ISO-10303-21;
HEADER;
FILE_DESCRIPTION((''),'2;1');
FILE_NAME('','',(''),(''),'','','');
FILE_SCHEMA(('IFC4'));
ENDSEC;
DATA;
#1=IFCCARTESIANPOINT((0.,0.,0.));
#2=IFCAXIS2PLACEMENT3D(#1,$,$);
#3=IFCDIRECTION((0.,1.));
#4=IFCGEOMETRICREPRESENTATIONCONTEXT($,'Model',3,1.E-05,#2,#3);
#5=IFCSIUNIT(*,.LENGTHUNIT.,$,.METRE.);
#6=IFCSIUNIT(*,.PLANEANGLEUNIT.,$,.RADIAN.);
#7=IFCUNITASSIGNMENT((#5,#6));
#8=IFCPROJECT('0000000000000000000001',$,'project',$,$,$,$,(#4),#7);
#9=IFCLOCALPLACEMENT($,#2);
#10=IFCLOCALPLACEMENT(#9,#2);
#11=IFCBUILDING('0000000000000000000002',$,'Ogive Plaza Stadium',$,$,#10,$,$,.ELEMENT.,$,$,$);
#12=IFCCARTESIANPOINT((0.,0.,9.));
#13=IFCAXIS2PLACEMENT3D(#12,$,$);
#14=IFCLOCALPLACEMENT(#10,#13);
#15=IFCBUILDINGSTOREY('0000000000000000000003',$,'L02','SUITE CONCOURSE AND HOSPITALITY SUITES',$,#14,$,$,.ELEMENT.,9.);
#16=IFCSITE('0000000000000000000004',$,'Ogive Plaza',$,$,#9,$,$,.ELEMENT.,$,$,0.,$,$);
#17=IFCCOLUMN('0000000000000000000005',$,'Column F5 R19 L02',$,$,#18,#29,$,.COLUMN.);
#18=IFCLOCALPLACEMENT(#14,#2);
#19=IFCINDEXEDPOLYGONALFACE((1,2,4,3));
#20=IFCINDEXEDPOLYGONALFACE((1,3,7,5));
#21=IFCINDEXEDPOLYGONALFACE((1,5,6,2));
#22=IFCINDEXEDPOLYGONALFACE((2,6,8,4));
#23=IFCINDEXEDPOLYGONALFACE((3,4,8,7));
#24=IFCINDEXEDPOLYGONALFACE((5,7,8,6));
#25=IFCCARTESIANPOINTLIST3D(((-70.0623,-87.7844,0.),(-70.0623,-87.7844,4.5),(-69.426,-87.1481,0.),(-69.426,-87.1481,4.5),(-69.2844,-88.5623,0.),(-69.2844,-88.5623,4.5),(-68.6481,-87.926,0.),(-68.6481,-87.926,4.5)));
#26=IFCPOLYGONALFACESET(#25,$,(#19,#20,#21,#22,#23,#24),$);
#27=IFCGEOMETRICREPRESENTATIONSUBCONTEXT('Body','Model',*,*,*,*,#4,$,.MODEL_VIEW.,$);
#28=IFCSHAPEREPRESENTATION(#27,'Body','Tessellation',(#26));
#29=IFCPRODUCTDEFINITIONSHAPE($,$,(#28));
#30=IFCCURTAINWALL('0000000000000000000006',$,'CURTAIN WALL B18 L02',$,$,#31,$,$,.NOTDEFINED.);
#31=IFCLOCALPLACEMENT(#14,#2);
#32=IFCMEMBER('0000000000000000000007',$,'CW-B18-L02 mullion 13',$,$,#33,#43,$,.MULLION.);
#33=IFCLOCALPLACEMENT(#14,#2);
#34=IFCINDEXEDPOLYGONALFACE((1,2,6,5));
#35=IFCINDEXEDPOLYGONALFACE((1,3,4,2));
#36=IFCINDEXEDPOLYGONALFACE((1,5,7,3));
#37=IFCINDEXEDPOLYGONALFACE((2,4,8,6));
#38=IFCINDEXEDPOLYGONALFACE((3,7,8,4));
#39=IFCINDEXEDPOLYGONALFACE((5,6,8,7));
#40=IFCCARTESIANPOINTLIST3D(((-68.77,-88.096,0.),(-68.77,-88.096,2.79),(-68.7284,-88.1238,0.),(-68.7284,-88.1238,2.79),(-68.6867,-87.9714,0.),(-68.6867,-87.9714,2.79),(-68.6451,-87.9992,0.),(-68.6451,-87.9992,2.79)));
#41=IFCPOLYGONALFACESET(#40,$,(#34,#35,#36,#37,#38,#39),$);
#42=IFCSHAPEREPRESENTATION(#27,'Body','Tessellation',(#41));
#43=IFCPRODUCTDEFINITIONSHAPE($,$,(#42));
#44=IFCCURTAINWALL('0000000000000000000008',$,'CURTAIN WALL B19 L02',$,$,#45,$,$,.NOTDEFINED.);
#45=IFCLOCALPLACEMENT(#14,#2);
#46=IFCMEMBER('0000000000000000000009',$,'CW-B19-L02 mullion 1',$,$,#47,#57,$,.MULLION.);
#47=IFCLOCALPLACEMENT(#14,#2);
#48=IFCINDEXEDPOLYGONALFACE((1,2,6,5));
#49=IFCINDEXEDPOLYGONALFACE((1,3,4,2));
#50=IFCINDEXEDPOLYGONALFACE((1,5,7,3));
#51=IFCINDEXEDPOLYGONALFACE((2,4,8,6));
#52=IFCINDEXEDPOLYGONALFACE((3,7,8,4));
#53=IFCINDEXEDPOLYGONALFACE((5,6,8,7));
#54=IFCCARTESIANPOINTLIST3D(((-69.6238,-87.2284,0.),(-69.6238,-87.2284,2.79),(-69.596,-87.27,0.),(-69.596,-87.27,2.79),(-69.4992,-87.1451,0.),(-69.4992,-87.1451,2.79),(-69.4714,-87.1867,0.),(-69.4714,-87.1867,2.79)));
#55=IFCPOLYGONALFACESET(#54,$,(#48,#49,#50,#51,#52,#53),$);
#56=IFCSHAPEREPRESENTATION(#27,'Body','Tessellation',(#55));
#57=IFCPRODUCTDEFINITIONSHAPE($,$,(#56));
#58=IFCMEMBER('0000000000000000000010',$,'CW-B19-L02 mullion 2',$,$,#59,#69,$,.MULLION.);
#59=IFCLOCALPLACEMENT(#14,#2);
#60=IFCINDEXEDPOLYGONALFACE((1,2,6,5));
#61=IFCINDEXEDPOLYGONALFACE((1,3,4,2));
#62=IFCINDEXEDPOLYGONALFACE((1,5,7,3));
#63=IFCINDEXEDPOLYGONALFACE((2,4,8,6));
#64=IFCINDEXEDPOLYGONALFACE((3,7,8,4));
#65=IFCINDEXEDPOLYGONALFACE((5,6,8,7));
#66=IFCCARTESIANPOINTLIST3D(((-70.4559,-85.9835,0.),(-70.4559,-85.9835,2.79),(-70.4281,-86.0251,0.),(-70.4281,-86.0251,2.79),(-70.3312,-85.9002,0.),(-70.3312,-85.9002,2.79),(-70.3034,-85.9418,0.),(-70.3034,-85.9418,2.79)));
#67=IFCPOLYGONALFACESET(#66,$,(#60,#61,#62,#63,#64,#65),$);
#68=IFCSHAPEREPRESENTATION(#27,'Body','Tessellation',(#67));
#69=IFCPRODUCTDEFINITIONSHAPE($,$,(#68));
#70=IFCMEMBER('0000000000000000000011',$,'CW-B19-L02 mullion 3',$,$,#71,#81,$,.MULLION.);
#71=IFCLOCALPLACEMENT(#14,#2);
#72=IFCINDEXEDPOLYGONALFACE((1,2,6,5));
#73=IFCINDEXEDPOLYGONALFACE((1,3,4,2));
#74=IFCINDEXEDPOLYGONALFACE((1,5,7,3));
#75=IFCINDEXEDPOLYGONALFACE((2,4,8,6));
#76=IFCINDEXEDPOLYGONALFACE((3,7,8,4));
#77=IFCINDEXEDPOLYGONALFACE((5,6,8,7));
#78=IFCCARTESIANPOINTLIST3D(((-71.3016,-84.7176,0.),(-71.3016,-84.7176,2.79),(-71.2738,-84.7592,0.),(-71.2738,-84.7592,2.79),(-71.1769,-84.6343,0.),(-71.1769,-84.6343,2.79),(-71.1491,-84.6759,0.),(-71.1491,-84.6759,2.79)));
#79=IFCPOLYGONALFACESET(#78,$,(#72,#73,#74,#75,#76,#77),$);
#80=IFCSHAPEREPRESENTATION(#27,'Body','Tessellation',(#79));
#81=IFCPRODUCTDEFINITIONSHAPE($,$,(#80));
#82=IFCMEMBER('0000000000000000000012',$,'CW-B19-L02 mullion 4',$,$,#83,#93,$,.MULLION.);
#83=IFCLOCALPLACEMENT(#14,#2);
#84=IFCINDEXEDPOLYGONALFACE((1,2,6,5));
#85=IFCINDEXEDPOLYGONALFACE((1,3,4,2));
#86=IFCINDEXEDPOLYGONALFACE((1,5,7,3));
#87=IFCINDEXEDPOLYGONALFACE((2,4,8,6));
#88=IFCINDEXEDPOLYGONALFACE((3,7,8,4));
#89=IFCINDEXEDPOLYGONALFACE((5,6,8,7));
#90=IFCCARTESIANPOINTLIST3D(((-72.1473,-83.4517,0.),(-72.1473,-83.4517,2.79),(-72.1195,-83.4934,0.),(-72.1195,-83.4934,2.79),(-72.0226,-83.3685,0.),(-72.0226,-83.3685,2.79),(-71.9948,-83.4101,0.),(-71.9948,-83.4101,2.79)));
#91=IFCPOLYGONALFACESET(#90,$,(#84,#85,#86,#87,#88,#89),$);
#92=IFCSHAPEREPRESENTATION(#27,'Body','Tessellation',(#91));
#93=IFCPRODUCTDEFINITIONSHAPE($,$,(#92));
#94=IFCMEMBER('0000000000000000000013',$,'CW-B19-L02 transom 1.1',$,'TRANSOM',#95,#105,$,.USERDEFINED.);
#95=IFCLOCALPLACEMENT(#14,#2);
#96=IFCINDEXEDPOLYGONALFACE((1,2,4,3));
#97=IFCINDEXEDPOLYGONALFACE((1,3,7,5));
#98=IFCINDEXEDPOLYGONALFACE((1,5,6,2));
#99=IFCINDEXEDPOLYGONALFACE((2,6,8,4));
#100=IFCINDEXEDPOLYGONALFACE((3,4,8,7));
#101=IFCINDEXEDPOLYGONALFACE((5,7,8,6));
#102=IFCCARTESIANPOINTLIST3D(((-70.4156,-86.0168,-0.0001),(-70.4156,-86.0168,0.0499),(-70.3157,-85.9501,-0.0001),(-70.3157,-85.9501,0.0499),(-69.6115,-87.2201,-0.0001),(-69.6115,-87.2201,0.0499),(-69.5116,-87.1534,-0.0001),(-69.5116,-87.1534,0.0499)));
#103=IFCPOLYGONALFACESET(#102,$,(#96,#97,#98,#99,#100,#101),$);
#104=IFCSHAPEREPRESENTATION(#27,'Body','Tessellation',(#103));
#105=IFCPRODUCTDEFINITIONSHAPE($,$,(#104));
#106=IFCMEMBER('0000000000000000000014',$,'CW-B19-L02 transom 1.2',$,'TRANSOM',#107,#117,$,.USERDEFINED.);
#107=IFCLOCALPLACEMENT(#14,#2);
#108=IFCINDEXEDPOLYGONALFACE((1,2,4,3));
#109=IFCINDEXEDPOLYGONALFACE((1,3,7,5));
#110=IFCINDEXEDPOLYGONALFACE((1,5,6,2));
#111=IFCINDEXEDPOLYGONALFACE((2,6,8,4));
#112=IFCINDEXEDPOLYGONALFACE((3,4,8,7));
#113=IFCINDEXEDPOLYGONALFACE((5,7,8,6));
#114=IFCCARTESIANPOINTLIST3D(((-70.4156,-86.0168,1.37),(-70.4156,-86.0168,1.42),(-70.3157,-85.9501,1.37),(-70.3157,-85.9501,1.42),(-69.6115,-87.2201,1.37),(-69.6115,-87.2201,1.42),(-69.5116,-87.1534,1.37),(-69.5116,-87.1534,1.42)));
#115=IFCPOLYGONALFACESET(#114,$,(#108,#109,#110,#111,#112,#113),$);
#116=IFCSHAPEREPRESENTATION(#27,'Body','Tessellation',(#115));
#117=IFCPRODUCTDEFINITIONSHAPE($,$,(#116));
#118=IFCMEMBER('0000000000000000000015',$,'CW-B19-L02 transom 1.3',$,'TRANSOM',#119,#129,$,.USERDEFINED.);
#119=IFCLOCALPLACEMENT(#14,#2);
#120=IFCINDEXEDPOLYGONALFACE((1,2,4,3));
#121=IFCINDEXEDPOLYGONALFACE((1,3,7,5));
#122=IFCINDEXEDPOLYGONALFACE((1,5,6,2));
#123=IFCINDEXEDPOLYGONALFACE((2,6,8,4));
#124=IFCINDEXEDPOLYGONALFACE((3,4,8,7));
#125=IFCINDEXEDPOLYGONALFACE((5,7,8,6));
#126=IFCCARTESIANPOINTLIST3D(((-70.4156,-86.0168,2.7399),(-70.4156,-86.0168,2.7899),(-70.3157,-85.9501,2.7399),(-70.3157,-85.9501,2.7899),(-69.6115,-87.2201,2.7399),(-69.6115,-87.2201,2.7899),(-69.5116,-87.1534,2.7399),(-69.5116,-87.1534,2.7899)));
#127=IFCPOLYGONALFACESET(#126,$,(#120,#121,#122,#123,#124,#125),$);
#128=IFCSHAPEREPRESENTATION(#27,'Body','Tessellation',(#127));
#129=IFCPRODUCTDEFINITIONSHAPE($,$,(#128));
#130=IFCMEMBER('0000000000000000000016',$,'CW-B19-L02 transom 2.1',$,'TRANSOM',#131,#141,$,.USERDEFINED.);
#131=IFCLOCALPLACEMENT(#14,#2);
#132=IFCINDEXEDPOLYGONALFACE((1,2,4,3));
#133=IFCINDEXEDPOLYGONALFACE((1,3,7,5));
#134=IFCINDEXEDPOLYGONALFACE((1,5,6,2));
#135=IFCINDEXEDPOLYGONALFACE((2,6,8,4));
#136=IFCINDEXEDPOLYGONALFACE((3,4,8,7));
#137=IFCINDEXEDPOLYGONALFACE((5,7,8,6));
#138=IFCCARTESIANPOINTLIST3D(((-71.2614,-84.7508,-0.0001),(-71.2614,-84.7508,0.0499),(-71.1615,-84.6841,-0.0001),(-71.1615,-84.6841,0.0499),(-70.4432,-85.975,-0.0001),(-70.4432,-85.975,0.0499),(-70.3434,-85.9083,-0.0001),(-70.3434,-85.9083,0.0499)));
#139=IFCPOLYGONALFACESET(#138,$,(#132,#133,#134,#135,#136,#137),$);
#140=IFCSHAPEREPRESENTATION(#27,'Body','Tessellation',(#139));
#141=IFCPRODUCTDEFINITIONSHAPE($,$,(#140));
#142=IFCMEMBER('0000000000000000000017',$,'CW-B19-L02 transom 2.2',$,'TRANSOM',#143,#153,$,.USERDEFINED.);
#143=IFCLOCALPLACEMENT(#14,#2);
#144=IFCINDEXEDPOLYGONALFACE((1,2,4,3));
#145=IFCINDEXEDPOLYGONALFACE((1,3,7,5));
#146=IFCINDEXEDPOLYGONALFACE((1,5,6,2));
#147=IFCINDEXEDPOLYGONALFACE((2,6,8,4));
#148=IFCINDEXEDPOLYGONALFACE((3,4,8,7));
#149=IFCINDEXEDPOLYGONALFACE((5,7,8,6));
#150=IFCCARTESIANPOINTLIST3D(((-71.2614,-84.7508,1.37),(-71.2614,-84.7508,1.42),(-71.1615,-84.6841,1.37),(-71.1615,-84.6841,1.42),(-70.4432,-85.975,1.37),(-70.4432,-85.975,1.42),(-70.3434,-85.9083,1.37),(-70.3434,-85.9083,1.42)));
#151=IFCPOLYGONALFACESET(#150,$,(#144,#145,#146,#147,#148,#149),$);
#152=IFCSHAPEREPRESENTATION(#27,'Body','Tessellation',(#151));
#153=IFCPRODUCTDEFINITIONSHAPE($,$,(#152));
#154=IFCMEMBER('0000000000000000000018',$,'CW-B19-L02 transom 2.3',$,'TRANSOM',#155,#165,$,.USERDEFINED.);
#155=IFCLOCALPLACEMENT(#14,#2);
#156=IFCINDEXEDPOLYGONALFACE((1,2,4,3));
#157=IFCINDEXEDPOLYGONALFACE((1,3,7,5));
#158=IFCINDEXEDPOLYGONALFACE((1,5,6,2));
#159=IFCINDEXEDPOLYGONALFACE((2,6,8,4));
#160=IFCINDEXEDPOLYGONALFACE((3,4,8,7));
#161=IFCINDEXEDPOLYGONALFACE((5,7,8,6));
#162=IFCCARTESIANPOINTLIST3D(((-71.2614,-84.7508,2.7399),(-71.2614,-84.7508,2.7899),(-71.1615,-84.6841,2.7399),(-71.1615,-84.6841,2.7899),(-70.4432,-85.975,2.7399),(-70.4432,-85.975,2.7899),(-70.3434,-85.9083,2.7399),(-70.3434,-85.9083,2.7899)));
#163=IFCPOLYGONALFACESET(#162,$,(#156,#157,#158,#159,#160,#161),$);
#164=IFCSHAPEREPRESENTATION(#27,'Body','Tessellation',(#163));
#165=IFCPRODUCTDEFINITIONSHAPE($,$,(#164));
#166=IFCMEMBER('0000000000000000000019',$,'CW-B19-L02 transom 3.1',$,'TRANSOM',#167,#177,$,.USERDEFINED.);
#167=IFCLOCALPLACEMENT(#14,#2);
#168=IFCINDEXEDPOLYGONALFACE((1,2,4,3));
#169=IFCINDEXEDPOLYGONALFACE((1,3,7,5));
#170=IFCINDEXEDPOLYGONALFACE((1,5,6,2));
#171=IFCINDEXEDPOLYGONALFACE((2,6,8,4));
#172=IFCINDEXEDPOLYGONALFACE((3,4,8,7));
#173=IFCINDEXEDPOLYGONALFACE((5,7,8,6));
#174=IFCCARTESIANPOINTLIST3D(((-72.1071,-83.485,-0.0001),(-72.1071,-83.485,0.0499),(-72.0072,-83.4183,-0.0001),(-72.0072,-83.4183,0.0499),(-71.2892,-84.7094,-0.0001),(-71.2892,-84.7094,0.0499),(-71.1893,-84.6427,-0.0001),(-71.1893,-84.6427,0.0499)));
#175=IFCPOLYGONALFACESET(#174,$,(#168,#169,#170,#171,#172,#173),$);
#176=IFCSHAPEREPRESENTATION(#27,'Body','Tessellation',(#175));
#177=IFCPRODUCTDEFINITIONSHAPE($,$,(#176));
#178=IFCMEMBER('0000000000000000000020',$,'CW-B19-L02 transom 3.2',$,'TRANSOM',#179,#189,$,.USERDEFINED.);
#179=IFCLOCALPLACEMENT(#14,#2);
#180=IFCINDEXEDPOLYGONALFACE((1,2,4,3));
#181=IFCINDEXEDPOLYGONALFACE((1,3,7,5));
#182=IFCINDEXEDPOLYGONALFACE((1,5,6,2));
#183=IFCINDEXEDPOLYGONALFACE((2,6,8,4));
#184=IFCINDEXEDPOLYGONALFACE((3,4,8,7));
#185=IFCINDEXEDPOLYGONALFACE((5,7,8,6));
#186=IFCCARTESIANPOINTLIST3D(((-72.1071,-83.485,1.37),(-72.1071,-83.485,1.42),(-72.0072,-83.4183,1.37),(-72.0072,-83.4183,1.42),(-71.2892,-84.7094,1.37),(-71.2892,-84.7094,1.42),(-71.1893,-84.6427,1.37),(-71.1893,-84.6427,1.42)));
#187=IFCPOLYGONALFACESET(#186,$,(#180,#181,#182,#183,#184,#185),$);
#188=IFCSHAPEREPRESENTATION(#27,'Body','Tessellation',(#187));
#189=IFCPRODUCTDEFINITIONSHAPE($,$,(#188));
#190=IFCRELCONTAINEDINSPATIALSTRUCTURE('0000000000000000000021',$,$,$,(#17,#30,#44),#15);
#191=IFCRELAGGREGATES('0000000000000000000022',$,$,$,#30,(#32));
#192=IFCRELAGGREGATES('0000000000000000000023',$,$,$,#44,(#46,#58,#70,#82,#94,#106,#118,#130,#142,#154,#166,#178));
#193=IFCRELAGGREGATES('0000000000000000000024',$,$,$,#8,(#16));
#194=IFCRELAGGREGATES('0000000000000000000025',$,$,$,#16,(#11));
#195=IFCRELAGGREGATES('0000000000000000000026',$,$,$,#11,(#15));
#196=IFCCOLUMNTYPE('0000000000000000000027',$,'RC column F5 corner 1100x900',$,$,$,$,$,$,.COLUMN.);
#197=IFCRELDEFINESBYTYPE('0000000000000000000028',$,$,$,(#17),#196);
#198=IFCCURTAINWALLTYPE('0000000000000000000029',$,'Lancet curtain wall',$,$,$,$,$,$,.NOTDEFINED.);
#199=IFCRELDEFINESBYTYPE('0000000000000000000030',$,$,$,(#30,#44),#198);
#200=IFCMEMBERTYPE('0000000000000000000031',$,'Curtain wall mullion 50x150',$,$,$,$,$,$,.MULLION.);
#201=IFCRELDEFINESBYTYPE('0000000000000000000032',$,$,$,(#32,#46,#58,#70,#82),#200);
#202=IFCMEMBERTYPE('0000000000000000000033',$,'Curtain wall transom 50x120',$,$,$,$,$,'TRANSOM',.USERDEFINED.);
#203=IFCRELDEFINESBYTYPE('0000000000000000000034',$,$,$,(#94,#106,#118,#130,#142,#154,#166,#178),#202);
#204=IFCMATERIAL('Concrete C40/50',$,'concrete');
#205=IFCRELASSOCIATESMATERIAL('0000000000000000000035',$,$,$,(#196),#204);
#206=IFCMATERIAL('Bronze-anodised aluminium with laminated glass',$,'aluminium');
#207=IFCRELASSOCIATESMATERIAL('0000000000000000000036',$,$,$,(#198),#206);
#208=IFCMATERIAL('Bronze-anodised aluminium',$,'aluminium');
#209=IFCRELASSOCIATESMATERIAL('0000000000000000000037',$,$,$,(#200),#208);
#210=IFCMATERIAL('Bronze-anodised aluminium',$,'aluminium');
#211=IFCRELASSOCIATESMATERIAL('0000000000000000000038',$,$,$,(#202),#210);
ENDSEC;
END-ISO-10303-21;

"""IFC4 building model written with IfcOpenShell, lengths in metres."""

from ifc_helpers import new_model, si_unit, direction, frame, origin, origin_2d, place, context, subcontext, project, spatial, rectangle, extrude, material, material_profile, profile_set, type_object, element, aggregate, save


model = new_model("IFC4")

# Units and contexts
model_context = context("Model", 3, precision=1e-05, world=origin(), true_north=direction((0.0, 1.0)))
body_context = subcontext(model_context, "Body", "Model", "MODEL_VIEW")
ifc_project = project(units=[si_unit("LENGTHUNIT", "METRE"), si_unit("PLANEANGLEUNIT", "RADIAN")], contexts=[model_context])

# Site, building, storey
site_placement = place(None, origin())
site = spatial("IfcSite", under=ifc_project, at=site_placement, Name="Ogive Plaza", CompositionType="ELEMENT", RefElevation=0.0)
building_placement = place(site_placement, origin())
building = spatial("IfcBuilding", under=site, at=building_placement, Name="Ogive Plaza Stadium", CompositionType="ELEMENT")
storey_placement = place(building_placement, frame((0.0, 0.0, 9.0)))
storey = spatial("IfcBuildingStorey", under=building, at=storey_placement, Name="L02", Description="SUITE CONCOURSE AND HOSPITALITY SUITES", CompositionType="ELEMENT", Elevation=9.0)

# Column
ifc_material_1 = material(Name="Concrete C40/50", Category="concrete")
ifc_material_profile_1 = material_profile(ifc_material_1, rectangle(XDim=1.1001, YDim=0.8999, at=origin_2d()), Name="RC 1100x900")
ifc_profile_set_1 = profile_set([ifc_material_profile_1], Name="Concrete C40/50")
column_type = type_object("IfcColumnType", Name="RC column F5 corner 1100x900", PredefinedType="COLUMN", material=ifc_profile_set_1)
column_placement = place(storey_placement, frame((-69.3552, -87.8552, 0.0), z_axis=(0.0, 0.0, 1.0), x_axis=(0.707107, -0.707107, 0.0)))
element("IfcColumn", 1, at=column_placement, inside=storey, type_object=column_type, Name="Column F5 R19 L02", PredefinedType="COLUMN", context=body_context, shape_type="SweptSolid", body=[
    extrude(rectangle(XDim=1.1001, YDim=0.8999, at=origin_2d()), origin(), (0.0, 0.0, 1.0), 4.5),
])

# Curtain wall, member
ifc_material_2 = material(Name="Bronze-anodised aluminium with laminated glass", Category="aluminium")
curtain_wall_type = type_object("IfcCurtainWallType", Name="Lancet curtain wall", PredefinedType="NOTDEFINED", material=ifc_material_2)
curtain_wall_1_placement = place(storey_placement, origin())
curtain_wall_1 = element("IfcCurtainWall", 2, at=curtain_wall_1_placement, inside=storey, type_object=curtain_wall_type, Name="CURTAIN WALL B18 L02", PredefinedType="NOTDEFINED")
ifc_material_3 = material(Name="Bronze-anodised aluminium", Category="aluminium")
ifc_material_profile_2 = material_profile(ifc_material_3, rectangle(XDim=0.1499, YDim=0.05, at=origin_2d()), Name="AL 150x50")
ifc_profile_set_2 = profile_set([ifc_material_profile_2], Name="Bronze-anodised aluminium")
member_type_1 = type_object("IfcMemberType", Name="Curtain wall mullion 50x150", PredefinedType="MULLION", material=ifc_profile_set_2)
member_1_placement = place(storey_placement, frame((-68.7075, -88.0476, 0.0), z_axis=(0.0, 0.0, 1.0), x_axis=(-0.55557, -0.83147, 0.0)))
member_1 = element("IfcMember", 3, at=member_1_placement, type_object=member_type_1, Name="CW-B18-L02 mullion 13", PredefinedType="MULLION", context=body_context, shape_type="SweptSolid", body=[
    extrude(rectangle(XDim=0.1499, YDim=0.05, at=origin_2d()), origin(), (0.0, 0.0, 1.0), 2.79),
])

# Curtain wall, members
curtain_wall_2_placement = place(storey_placement, origin())
curtain_wall_2 = element("IfcCurtainWall", 4, at=curtain_wall_2_placement, inside=storey, type_object=curtain_wall_type, Name="CURTAIN WALL B19 L02", PredefinedType="NOTDEFINED")
member_2_placement = place(storey_placement, frame((-69.5476, -87.2075, 0.0), z_axis=(0.0, 0.0, 1.0), x_axis=(-0.83147, -0.55557, 0.0)))
member_2 = element("IfcMember", 5, at=member_2_placement, type_object=member_type_1, Name="CW-B19-L02 mullion 1", PredefinedType="MULLION", context=body_context, shape_type="SweptSolid", body=[
    extrude(rectangle(XDim=0.1499, YDim=0.05, at=origin_2d()), origin(), (0.0, 0.0, 1.0), 2.79),
])
member_3_placement = place(storey_placement, frame((-70.3796, -85.9626, 0.0), z_axis=(0.0, 0.0, 1.0), x_axis=(-0.83147, -0.55557, 0.0)))
member_3 = element("IfcMember", 6, at=member_3_placement, type_object=member_type_1, Name="CW-B19-L02 mullion 2", PredefinedType="MULLION", context=body_context, shape_type="SweptSolid", body=[
    extrude(rectangle(XDim=0.1499, YDim=0.05, at=origin_2d()), origin(), (0.0, 0.0, 1.0), 2.79),
])
member_4_placement = place(storey_placement, frame((-71.2253, -84.6968, 0.0), z_axis=(0.0, 0.0, 1.0), x_axis=(-0.83147, -0.55557, 0.0)))
member_4 = element("IfcMember", 7, at=member_4_placement, type_object=member_type_1, Name="CW-B19-L02 mullion 3", PredefinedType="MULLION", context=body_context, shape_type="SweptSolid", body=[
    extrude(rectangle(XDim=0.1499, YDim=0.05, at=origin_2d()), origin(), (0.0, 0.0, 1.0), 2.79),
])
member_5_placement = place(storey_placement, frame((-72.071, -83.4309, 0.0), z_axis=(0.0, 0.0, 1.0), x_axis=(-0.83147, -0.55557, 0.0)))
member_5 = element("IfcMember", 8, at=member_5_placement, type_object=member_type_1, Name="CW-B19-L02 mullion 4", PredefinedType="MULLION", context=body_context, shape_type="SweptSolid", body=[
    extrude(rectangle(XDim=0.1499, YDim=0.05, at=origin_2d()), origin(), (0.0, 0.0, 1.0), 2.79),
])
ifc_material_4 = material(Name="Bronze-anodised aluminium", Category="aluminium")
ifc_material_profile_3 = material_profile(ifc_material_4, rectangle(XDim=0.1201, YDim=0.05, at=origin_2d()), Name="AL 120x50")
ifc_profile_set_3 = profile_set([ifc_material_profile_3], Name="Bronze-anodised aluminium")
member_type_2 = type_object("IfcMemberType", Name="Curtain wall transom 50x120", ElementType="TRANSOM", PredefinedType="USERDEFINED", material=ifc_profile_set_3)
member_6_placement = place(storey_placement, frame((-69.5615, -87.1868, 0.0249), z_axis=(-0.555634, 0.831427, 0.0), x_axis=(-0.831427, -0.555634, 0.0)))
member_6 = element("IfcMember", 9, at=member_6_placement, type_object=member_type_2, Name="CW-B19-L02 transom 1.1", ObjectType="TRANSOM", PredefinedType="USERDEFINED", context=body_context, shape_type="SweptSolid", body=[
    extrude(rectangle(XDim=0.1201, YDim=0.05, at=origin_2d()), origin(), (0.0, 0.0, 1.0), 1.4473),
])
member_7_placement = place(storey_placement, frame((-69.5615, -87.1868, 1.395), z_axis=(-0.555634, 0.831427, 0.0), x_axis=(-0.831427, -0.555634, 0.0)))
member_7 = element("IfcMember", 10, at=member_7_placement, type_object=member_type_2, Name="CW-B19-L02 transom 1.2", ObjectType="TRANSOM", PredefinedType="USERDEFINED", context=body_context, shape_type="SweptSolid", body=[
    extrude(rectangle(XDim=0.1201, YDim=0.05, at=origin_2d()), origin(), (0.0, 0.0, 1.0), 1.4473),
])
member_8_placement = place(storey_placement, frame((-69.5615, -87.1868, 2.7649), z_axis=(-0.555634, 0.831427, 0.0), x_axis=(-0.831427, -0.555634, 0.0)))
member_8 = element("IfcMember", 11, at=member_8_placement, type_object=member_type_2, Name="CW-B19-L02 transom 1.3", ObjectType="TRANSOM", PredefinedType="USERDEFINED", context=body_context, shape_type="SweptSolid", body=[
    extrude(rectangle(XDim=0.1201, YDim=0.05, at=origin_2d()), origin(), (0.0, 0.0, 1.0), 1.4473),
])
member_9_placement = place(storey_placement, frame((-70.3933, -85.9417, 0.0249), z_axis=(-0.555656, 0.831412, 0.0), x_axis=(-0.831412, -0.555656, 0.0)))
member_9 = element("IfcMember", 12, at=member_9_placement, type_object=member_type_2, Name="CW-B19-L02 transom 2.1", ObjectType="TRANSOM", PredefinedType="USERDEFINED", context=body_context, shape_type="SweptSolid", body=[
    extrude(rectangle(XDim=0.1201, YDim=0.05, at=origin_2d()), origin(), (0.0, 0.0, 1.0), 1.4724),
])
member_10_placement = place(storey_placement, frame((-70.3933, -85.9417, 1.395), z_axis=(-0.555656, 0.831412, 0.0), x_axis=(-0.831412, -0.555656, 0.0)))
member_10 = element("IfcMember", 13, at=member_10_placement, type_object=member_type_2, Name="CW-B19-L02 transom 2.2", ObjectType="TRANSOM", PredefinedType="USERDEFINED", context=body_context, shape_type="SweptSolid", body=[
    extrude(rectangle(XDim=0.1201, YDim=0.05, at=origin_2d()), origin(), (0.0, 0.0, 1.0), 1.4724),
])
member_11_placement = place(storey_placement, frame((-70.3933, -85.9417, 2.7649), z_axis=(-0.555656, 0.831412, 0.0), x_axis=(-0.831412, -0.555656, 0.0)))
member_11 = element("IfcMember", 14, at=member_11_placement, type_object=member_type_2, Name="CW-B19-L02 transom 2.3", ObjectType="TRANSOM", PredefinedType="USERDEFINED", context=body_context, shape_type="SweptSolid", body=[
    extrude(rectangle(XDim=0.1201, YDim=0.05, at=origin_2d()), origin(), (0.0, 0.0, 1.0), 1.4724),
])
member_12_placement = place(storey_placement, frame((-71.2393, -84.676, 0.0249), z_axis=(-0.555465, 0.83154, 0.0), x_axis=(-0.83154, -0.555465, 0.0)))
member_12 = element("IfcMember", 15, at=member_12_placement, type_object=member_type_2, Name="CW-B19-L02 transom 3.1", ObjectType="TRANSOM", PredefinedType="USERDEFINED", context=body_context, shape_type="SweptSolid", body=[
    extrude(rectangle(XDim=0.1201, YDim=0.05, at=origin_2d()), origin(), (0.0, 0.0, 1.0), 1.4724),
])
member_13_placement = place(storey_placement, frame((-71.2393, -84.676, 1.395), z_axis=(-0.555465, 0.83154, 0.0), x_axis=(-0.83154, -0.555465, 0.0)))
member_13 = element("IfcMember", 16, at=member_13_placement, type_object=member_type_2, Name="CW-B19-L02 transom 3.2", ObjectType="TRANSOM", PredefinedType="USERDEFINED", context=body_context, shape_type="SweptSolid", body=[
    extrude(rectangle(XDim=0.1201, YDim=0.05, at=origin_2d()), origin(), (0.0, 0.0, 1.0), 1.4724),
])

aggregate(curtain_wall_1, [member_1])
aggregate(curtain_wall_2, [member_2, member_3, member_4, member_5, member_6, member_7, member_8, member_9, member_10, member_11, member_12, member_13])

save(model, "model.ifc")
